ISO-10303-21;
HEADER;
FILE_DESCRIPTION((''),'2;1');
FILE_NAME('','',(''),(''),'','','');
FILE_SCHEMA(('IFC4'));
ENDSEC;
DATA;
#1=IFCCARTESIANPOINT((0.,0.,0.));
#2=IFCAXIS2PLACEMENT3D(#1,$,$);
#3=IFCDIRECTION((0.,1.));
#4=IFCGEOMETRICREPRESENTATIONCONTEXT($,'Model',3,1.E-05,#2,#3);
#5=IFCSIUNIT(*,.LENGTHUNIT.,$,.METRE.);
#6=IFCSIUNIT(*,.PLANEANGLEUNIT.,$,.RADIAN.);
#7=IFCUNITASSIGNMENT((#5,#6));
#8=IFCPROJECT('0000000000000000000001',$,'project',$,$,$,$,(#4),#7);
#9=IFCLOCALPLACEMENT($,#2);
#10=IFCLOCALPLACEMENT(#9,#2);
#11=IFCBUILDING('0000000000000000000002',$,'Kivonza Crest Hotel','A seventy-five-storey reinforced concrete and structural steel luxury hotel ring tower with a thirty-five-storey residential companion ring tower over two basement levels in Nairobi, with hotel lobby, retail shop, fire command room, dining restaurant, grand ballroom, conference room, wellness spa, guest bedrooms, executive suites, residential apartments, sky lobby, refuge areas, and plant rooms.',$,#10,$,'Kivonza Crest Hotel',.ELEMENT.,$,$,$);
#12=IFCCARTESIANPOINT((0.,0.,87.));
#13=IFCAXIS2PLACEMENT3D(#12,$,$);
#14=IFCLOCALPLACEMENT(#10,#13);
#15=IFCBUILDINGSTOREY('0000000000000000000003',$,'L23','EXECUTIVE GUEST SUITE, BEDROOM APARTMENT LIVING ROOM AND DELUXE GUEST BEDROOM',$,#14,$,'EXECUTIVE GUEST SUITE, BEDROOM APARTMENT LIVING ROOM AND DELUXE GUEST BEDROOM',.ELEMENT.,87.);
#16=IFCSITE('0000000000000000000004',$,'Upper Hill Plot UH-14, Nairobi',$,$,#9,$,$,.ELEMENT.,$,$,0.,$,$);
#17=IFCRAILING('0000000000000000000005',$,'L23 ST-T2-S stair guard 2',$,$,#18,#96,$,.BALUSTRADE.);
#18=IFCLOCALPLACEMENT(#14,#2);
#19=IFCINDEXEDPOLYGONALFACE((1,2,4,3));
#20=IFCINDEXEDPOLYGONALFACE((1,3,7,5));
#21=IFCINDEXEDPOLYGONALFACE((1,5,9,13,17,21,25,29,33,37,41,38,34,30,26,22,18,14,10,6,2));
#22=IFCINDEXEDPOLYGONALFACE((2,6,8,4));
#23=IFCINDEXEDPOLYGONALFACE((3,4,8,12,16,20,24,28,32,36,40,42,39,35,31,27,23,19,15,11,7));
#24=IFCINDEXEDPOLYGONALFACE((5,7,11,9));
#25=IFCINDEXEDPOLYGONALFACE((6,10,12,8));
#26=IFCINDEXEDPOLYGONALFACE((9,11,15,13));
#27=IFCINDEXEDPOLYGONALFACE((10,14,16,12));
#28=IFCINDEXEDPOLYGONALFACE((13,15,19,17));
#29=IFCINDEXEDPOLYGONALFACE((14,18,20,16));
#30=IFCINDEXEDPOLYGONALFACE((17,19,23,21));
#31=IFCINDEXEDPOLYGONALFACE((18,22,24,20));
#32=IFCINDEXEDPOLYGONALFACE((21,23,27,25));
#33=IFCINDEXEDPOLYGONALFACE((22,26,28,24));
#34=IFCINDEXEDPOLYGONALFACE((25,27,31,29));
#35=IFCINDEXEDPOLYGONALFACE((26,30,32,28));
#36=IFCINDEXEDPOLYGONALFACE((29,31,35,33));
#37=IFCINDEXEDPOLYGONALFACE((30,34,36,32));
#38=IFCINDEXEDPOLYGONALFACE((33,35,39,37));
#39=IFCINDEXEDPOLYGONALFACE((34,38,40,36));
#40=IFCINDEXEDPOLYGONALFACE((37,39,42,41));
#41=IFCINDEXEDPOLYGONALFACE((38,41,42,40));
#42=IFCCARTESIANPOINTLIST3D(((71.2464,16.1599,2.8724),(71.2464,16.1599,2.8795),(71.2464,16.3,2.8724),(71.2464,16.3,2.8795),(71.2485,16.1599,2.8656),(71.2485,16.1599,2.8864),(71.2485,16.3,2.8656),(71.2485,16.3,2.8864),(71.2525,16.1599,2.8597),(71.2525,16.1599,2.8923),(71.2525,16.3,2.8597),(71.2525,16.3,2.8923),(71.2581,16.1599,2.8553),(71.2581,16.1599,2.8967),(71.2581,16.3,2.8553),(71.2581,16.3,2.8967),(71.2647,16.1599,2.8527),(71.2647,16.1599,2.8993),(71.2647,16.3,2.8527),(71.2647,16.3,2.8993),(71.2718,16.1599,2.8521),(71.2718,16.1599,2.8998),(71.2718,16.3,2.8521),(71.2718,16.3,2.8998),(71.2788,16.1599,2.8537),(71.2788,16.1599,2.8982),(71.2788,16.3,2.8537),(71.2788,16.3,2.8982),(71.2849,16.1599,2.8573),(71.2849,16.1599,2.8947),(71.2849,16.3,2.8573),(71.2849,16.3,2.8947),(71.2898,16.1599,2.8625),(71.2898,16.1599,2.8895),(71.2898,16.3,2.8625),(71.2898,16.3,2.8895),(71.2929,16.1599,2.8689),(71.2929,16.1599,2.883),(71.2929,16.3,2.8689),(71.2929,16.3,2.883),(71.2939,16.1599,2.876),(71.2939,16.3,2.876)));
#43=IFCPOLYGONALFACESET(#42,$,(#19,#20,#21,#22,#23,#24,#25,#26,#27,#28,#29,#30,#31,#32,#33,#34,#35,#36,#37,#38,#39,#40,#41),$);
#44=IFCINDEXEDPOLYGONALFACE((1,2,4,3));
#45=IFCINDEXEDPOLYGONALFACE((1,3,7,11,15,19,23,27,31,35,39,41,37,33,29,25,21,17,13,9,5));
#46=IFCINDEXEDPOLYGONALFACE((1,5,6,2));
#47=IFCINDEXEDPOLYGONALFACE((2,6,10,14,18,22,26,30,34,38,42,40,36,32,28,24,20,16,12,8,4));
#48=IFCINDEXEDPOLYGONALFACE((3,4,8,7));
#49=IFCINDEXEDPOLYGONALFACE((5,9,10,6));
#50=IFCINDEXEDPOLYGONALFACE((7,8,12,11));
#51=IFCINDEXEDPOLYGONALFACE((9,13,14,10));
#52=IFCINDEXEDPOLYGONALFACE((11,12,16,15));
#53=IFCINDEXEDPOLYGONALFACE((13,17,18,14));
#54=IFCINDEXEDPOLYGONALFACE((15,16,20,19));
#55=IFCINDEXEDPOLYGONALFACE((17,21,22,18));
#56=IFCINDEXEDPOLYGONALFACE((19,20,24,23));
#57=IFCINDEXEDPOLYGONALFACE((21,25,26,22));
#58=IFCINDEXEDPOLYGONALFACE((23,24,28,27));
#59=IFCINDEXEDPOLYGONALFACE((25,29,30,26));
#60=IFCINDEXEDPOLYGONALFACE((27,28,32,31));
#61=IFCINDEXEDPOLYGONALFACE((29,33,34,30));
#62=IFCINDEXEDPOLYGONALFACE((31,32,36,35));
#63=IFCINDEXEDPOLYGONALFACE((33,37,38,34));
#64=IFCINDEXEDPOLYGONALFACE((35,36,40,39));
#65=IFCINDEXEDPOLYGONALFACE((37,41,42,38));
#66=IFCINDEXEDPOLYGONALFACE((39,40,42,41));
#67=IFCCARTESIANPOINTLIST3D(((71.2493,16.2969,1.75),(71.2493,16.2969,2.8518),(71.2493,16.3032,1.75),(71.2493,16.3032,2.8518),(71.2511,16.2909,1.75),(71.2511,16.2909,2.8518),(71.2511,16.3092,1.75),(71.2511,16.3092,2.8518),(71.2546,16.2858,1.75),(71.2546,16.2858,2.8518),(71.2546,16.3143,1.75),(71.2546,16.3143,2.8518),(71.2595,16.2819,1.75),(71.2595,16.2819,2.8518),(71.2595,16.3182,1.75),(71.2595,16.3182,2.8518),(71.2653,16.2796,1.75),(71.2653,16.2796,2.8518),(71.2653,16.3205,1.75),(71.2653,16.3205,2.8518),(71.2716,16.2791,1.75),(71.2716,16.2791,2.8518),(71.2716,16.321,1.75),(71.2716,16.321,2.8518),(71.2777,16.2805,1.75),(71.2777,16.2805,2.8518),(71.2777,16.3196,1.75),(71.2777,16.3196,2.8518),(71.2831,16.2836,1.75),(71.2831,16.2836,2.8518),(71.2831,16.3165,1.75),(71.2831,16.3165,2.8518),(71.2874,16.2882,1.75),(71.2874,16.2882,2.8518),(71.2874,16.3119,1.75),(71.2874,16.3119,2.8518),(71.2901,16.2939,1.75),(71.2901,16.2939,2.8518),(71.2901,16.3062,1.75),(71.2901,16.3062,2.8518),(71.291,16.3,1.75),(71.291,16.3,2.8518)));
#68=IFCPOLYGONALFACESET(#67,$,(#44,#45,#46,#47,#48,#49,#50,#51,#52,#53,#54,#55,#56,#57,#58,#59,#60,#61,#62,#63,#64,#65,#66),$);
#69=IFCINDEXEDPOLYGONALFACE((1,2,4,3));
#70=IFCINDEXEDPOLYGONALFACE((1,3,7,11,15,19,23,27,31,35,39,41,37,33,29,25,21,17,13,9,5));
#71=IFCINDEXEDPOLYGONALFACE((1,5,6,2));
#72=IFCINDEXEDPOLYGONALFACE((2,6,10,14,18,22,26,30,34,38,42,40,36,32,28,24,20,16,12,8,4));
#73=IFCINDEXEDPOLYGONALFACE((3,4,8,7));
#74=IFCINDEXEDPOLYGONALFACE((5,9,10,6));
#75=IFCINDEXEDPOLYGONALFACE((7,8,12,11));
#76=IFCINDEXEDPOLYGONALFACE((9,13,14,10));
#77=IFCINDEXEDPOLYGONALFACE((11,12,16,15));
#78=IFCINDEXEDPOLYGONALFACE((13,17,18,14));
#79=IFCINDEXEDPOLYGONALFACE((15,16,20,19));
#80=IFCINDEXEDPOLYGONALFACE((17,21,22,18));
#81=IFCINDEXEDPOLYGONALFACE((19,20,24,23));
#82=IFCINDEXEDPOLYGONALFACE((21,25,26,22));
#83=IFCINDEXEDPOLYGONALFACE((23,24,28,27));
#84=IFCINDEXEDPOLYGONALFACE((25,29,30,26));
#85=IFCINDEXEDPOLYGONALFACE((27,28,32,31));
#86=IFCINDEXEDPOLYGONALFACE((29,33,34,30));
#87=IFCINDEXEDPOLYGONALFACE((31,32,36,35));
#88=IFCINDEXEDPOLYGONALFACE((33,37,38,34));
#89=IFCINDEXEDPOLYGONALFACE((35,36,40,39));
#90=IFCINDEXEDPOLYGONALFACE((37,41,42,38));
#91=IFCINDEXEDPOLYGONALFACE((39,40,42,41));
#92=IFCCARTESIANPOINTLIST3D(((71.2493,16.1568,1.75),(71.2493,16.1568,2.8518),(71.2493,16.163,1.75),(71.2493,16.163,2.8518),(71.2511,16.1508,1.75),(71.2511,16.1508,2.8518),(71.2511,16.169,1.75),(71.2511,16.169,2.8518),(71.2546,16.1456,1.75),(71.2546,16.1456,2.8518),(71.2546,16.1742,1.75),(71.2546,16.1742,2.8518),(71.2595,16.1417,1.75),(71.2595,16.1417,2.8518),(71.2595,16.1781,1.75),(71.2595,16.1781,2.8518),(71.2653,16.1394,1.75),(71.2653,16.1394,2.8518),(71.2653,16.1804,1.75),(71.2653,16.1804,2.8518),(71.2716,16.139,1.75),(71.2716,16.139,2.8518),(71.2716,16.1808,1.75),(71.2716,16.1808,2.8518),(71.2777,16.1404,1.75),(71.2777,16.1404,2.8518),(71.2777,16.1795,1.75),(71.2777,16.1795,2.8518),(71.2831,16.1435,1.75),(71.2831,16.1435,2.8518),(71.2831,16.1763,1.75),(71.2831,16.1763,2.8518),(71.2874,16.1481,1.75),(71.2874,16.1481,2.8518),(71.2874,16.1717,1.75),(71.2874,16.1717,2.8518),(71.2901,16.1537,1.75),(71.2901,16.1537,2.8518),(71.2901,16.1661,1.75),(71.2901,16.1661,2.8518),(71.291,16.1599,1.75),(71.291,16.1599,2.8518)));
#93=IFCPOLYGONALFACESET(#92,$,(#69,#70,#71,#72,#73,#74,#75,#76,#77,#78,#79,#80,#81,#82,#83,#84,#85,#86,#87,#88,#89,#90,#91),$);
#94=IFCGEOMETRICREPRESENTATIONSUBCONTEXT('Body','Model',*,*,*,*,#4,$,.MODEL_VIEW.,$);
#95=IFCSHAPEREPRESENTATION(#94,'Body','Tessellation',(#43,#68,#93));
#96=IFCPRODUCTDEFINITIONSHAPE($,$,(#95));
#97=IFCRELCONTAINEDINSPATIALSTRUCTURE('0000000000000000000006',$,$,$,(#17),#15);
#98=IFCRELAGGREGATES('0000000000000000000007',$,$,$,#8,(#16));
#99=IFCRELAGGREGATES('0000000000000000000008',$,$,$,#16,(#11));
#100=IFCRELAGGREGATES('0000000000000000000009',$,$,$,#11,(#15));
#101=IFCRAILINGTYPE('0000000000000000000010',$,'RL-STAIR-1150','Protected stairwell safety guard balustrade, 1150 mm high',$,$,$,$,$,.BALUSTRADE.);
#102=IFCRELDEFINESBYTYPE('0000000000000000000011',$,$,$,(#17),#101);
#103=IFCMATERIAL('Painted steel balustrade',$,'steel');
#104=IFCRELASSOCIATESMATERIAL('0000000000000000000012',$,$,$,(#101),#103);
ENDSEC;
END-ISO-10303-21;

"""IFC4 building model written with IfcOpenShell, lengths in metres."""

from ifc_helpers import new_model, si_unit, direction, frame, origin, origin_2d, place, context, subcontext, project, spatial, circle, extrude, material, type_object, element, save


model = new_model("IFC4")

# Units and contexts
model_context = context("Model", 3, precision=1e-05, world=origin(), true_north=direction((0.0, 1.0)))
body_context = subcontext(model_context, "Body", "Model", "MODEL_VIEW")
ifc_project = project(units=[si_unit("LENGTHUNIT", "METRE"), si_unit("PLANEANGLEUNIT", "RADIAN")], contexts=[model_context])

# Site, building, storey
site_placement = place(None, origin())
site = spatial("IfcSite", under=ifc_project, at=site_placement, Name="Upper Hill Plot UH-14, Nairobi", CompositionType="ELEMENT", RefElevation=0.0)
building_placement = place(site_placement, origin())
building = spatial("IfcBuilding", under=site, at=building_placement, Name="Kivonza Crest Hotel", Description="A seventy-five-storey reinforced concrete and structural steel luxury hotel ring tower with a thirty-five-storey residential companion ring tower over two basement levels in Nairobi, with hotel lobby, retail shop, fire command room, dining restaurant, grand ballroom, conference room, wellness spa, guest bedrooms, executive suites, residential apartments, sky lobby, refuge areas, and plant rooms.", LongName="Kivonza Crest Hotel", CompositionType="ELEMENT")
storey_placement = place(building_placement, frame((0.0, 0.0, 87.0)))
storey = spatial("IfcBuildingStorey", under=building, at=storey_placement, Name="L23", Description="EXECUTIVE GUEST SUITE, BEDROOM APARTMENT LIVING ROOM AND DELUXE GUEST BEDROOM", LongName="EXECUTIVE GUEST SUITE, BEDROOM APARTMENT LIVING ROOM AND DELUXE GUEST BEDROOM", CompositionType="ELEMENT", Elevation=87.0)

# Railing
ifc_material_1 = material(Name="Painted steel balustrade", Category="steel")
railing_type_1 = type_object("IfcRailingType", Name="RL-STAIR-1150", Description="Protected stairwell safety guard balustrade, 1150 mm high", PredefinedType="BALUSTRADE", material=ifc_material_1)
railing_1_placement = place(storey_placement, frame((71.27, 16.3, 1.75)))
element("IfcRailing", 1, at=railing_1_placement, inside=storey, type_object=railing_type_1, Name="L23 ST-T2-S stair guard 2", PredefinedType="BALUSTRADE", context=body_context, shape_type="SweptSolid", body=[
    extrude(circle(Radius=0.0239, at=origin_2d()), frame((0.0, 0.0, 1.126), z_axis=(0.0, -1.0, 0.0), x_axis=(1.0, 0.0, 0.0)), (0.0, 0.0, 1.0), 0.1401),
    extrude(circle(Radius=0.021, at=origin_2d()), origin(), (0.0, 0.0, 1.0), 1.1018),
    extrude(circle(Radius=0.021, at=origin_2d()), frame((0.0, -0.1401, 0.0)), (0.0, 0.0, 1.0), 1.1018),
])

save(model, "model.ifc")
